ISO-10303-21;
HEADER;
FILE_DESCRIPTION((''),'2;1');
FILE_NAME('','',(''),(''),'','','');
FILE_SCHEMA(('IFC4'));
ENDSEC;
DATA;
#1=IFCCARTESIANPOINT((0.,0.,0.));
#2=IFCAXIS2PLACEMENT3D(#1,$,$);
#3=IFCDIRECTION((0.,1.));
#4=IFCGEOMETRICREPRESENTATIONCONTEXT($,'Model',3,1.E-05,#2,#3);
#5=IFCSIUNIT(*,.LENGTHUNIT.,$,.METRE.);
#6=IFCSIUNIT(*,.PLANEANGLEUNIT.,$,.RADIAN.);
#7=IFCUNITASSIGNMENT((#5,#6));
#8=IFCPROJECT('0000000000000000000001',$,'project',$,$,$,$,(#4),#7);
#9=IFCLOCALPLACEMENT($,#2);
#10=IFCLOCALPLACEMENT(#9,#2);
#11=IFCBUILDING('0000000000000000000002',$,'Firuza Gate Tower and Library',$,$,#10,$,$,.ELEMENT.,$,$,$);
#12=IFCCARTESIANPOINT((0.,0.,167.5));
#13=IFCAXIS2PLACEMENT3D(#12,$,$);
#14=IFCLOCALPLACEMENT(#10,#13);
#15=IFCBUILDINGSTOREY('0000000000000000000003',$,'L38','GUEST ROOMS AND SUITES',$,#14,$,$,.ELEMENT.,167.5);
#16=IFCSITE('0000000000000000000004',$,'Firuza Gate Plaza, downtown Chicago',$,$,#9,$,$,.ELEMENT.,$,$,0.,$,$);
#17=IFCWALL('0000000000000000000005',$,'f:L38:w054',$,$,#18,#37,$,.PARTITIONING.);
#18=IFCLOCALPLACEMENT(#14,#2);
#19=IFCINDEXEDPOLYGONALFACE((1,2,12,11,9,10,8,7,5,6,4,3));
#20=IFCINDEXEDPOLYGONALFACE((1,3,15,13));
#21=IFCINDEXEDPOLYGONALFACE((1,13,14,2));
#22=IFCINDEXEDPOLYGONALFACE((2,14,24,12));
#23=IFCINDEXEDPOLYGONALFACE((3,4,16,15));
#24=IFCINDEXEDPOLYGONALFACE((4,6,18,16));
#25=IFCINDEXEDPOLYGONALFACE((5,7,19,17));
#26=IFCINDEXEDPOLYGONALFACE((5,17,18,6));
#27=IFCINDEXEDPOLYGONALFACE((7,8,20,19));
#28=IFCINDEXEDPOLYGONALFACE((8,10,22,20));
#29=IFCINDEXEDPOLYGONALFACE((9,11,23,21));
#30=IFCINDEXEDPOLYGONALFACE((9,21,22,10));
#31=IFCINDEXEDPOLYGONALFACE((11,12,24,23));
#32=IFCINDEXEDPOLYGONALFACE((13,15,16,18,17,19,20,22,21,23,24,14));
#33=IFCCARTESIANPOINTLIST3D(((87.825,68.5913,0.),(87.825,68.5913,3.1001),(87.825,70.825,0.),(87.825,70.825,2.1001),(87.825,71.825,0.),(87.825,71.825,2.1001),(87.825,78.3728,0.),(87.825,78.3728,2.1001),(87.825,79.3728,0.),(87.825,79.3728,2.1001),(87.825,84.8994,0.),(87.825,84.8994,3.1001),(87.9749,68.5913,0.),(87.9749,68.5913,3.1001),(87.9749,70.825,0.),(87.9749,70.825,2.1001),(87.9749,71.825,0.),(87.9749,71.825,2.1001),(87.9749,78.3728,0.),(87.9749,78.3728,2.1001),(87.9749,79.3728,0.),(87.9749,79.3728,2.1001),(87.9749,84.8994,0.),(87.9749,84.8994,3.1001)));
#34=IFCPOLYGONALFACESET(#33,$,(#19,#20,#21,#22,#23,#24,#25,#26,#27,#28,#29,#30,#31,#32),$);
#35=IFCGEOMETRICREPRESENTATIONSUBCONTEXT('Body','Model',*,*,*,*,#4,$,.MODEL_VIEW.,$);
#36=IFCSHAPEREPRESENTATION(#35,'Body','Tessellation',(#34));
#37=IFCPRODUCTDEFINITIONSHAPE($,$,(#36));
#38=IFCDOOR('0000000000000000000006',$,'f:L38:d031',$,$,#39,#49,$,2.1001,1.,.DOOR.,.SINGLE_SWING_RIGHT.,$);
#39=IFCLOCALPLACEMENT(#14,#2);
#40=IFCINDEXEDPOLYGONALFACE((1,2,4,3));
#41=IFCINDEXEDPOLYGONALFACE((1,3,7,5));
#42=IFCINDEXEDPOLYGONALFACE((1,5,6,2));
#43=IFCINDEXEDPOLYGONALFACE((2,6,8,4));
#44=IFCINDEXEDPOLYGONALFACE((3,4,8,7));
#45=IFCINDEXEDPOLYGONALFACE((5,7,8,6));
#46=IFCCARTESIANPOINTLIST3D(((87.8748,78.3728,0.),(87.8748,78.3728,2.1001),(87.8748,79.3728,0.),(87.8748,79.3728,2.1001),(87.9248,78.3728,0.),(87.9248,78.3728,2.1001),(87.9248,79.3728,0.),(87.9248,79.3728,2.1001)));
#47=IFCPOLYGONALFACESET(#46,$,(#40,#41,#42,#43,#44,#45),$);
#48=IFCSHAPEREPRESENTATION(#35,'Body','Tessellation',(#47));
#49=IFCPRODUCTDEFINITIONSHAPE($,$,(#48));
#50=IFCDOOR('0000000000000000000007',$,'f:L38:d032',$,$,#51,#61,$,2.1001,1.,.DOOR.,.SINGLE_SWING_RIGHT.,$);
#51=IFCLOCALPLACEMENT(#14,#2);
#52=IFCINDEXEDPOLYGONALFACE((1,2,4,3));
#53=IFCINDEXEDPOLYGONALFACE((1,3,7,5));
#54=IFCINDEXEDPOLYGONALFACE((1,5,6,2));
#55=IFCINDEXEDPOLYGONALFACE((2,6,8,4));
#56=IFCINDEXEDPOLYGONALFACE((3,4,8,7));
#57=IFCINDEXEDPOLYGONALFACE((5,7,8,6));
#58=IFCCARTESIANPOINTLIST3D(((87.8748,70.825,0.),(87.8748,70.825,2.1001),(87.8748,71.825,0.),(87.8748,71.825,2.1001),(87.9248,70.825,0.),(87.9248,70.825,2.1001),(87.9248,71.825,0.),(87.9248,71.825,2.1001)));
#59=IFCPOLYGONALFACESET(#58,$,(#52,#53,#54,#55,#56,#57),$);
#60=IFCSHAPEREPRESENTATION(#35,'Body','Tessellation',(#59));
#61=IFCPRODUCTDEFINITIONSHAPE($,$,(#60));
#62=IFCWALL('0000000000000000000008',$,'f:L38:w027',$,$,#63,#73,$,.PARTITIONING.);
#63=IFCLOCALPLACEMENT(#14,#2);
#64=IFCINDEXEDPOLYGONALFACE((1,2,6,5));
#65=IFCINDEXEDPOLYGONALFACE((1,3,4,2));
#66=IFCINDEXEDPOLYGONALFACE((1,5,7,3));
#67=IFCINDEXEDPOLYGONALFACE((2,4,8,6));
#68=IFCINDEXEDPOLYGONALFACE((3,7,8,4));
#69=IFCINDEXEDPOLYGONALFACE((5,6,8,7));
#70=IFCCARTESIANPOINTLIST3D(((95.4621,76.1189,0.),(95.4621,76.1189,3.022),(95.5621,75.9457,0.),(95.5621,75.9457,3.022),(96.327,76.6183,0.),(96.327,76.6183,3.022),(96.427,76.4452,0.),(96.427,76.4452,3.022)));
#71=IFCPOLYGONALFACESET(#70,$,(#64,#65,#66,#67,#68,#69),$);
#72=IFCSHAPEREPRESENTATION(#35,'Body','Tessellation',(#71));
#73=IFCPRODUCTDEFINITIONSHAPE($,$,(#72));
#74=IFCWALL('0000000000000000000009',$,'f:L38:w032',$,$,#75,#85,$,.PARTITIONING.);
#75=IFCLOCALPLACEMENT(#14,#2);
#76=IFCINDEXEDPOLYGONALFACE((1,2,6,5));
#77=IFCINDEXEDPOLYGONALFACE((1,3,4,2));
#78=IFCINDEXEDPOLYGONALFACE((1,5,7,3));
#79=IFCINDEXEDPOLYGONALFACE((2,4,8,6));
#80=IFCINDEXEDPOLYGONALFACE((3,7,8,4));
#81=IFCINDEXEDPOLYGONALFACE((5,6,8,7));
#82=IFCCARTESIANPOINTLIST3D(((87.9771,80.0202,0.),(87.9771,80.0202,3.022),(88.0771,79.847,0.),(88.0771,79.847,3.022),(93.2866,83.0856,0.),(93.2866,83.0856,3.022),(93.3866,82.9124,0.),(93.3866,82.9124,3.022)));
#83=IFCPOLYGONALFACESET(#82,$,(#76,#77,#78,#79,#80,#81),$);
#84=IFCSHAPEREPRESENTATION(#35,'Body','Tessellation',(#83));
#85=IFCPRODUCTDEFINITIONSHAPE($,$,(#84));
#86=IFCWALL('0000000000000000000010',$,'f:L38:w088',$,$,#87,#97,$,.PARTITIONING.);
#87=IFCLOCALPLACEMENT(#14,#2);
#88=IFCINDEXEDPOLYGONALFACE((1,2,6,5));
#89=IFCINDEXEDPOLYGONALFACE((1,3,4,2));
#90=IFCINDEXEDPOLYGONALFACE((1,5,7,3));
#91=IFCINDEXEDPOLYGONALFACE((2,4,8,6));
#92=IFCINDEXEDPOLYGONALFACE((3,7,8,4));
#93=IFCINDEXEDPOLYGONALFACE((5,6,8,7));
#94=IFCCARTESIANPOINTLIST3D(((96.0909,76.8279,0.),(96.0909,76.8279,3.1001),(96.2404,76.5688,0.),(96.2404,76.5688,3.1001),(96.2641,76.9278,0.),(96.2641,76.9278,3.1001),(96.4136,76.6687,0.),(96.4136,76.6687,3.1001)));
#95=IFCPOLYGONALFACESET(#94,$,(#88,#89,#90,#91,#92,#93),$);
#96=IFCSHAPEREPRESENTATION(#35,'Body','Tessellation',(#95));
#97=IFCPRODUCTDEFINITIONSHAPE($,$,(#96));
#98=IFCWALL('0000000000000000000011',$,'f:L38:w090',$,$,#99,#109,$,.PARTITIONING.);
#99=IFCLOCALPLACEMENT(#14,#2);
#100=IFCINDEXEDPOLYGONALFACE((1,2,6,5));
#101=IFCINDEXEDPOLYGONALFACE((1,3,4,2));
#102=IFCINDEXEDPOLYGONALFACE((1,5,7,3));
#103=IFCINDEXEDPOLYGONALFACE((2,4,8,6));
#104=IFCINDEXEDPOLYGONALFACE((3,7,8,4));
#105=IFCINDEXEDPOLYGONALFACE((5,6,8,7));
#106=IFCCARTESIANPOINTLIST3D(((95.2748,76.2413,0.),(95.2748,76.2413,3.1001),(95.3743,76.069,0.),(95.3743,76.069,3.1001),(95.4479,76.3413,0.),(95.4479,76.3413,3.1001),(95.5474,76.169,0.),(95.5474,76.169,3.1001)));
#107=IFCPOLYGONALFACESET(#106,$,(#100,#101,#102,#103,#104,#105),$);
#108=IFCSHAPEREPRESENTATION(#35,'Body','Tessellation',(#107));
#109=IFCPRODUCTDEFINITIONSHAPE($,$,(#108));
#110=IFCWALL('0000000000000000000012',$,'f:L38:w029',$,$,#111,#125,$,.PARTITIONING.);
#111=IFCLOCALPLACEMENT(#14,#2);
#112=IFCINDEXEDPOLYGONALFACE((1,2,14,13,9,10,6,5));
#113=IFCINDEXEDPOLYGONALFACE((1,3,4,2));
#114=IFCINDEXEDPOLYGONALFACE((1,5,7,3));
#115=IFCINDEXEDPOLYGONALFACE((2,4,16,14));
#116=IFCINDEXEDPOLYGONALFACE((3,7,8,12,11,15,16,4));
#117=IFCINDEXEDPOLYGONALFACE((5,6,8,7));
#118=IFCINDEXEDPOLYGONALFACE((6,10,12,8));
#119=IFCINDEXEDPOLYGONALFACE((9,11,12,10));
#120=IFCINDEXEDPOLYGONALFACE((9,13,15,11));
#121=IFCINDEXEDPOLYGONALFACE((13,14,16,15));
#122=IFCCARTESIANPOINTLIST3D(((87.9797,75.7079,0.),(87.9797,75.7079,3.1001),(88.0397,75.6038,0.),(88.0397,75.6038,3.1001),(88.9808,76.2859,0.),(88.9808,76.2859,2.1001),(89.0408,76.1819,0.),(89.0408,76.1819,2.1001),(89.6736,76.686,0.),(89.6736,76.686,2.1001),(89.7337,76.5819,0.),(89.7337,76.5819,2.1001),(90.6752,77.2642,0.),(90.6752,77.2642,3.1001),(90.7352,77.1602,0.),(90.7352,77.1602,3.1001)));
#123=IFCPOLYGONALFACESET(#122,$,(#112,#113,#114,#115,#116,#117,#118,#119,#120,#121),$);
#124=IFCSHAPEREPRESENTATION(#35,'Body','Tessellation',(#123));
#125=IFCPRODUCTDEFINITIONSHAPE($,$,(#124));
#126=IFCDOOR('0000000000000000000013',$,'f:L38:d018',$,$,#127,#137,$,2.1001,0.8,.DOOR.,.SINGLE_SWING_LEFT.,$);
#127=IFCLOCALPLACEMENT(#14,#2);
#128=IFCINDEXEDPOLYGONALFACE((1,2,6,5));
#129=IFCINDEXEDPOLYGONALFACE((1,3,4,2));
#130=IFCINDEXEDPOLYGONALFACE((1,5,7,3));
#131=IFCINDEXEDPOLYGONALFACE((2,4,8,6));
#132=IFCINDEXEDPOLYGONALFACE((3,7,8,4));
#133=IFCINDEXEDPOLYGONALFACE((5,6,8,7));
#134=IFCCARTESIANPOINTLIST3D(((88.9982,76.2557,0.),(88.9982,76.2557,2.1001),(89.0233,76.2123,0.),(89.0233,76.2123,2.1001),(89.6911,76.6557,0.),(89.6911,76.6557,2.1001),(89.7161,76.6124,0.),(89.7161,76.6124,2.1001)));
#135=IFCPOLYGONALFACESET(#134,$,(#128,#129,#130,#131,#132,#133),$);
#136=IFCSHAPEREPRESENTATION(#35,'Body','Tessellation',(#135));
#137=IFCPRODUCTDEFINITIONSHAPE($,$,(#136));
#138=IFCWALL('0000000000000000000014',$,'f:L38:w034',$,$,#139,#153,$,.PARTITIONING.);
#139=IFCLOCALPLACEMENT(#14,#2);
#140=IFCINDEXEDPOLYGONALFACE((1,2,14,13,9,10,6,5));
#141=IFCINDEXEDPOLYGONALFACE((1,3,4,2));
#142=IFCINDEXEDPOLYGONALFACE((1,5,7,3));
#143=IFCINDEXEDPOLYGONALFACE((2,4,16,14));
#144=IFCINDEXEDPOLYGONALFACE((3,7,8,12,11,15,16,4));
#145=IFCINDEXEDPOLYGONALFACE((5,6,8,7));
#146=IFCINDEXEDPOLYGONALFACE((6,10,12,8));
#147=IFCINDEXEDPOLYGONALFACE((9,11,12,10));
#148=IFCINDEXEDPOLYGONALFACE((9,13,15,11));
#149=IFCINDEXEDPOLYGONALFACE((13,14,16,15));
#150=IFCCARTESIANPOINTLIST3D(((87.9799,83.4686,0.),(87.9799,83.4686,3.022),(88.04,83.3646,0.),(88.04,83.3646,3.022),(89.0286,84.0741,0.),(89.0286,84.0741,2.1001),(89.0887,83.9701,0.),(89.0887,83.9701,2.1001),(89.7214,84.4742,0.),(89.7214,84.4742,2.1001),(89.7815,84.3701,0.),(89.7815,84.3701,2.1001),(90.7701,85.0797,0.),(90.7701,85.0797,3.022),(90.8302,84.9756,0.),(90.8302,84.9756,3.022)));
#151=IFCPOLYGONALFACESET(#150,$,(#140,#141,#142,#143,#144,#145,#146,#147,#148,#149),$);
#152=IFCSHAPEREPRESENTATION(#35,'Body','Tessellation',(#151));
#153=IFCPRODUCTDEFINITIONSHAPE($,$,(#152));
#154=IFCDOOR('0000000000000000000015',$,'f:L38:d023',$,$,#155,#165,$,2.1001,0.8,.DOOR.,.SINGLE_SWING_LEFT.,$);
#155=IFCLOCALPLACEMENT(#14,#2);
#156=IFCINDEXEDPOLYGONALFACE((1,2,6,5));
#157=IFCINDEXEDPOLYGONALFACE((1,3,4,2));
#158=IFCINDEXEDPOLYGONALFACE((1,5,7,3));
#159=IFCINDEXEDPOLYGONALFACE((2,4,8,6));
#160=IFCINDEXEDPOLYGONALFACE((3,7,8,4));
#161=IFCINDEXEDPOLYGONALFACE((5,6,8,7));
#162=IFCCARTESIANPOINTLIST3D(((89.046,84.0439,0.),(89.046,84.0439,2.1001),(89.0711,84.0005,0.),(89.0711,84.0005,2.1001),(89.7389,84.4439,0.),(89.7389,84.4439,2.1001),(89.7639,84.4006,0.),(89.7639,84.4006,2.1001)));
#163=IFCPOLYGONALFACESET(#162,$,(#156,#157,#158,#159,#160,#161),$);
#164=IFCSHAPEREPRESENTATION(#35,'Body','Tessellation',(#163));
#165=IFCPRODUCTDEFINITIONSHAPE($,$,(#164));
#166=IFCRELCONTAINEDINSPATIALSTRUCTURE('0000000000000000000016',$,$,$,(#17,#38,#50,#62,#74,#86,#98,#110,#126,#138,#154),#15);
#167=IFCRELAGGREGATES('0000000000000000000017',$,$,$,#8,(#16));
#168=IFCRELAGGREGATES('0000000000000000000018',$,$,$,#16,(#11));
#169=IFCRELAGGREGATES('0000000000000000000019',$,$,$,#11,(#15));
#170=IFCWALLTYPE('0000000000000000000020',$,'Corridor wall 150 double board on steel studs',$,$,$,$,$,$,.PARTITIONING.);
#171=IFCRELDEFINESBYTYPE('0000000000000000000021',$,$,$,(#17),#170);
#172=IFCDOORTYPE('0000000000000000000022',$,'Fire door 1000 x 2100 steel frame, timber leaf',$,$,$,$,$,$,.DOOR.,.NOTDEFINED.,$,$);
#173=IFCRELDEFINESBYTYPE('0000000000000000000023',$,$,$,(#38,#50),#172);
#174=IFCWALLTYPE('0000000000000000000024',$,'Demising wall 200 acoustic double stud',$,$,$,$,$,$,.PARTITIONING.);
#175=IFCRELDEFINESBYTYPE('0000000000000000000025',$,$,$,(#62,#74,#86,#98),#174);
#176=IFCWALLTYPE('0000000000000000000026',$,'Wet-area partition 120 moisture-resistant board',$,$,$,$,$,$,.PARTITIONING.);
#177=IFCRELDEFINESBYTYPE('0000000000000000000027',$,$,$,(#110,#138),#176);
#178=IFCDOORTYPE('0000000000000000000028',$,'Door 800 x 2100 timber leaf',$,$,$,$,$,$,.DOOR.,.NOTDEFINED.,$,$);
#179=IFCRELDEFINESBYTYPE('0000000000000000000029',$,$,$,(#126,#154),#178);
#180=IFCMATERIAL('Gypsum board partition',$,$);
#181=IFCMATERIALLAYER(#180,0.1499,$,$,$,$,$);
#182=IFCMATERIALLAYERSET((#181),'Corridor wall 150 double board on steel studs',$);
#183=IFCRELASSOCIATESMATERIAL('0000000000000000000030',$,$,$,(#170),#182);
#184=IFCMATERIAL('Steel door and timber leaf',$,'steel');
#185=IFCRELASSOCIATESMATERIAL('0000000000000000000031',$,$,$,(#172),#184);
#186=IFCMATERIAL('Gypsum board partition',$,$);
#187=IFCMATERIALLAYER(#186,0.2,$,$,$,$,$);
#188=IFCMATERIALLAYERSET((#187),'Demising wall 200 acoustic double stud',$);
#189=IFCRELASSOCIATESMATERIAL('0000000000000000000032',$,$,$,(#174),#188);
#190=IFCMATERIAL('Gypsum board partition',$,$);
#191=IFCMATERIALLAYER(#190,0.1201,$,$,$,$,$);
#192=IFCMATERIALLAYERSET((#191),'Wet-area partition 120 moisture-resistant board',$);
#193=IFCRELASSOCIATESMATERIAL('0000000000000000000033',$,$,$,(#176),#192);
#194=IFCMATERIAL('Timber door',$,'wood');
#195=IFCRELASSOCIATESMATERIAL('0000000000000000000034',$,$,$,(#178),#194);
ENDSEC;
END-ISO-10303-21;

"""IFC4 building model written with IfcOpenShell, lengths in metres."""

from ifc_helpers import new_model, si_unit, direction, frame, frame_2d, origin, place, context, subcontext, project, spatial, rectangle, extrude, material, layer, layer_set, type_object, element, fill, save


model = new_model("IFC4")

# Units and contexts
model_context = context("Model", 3, precision=1e-05, world=origin(), true_north=direction((0.0, 1.0)))
body_context = subcontext(model_context, "Body", "Model", "MODEL_VIEW")
ifc_project = project(units=[si_unit("LENGTHUNIT", "METRE"), si_unit("PLANEANGLEUNIT", "RADIAN")], contexts=[model_context])

# Site, building, storey
site_placement = place(None, origin())
site = spatial("IfcSite", under=ifc_project, at=site_placement, Name="Firuza Gate Plaza, downtown Chicago", CompositionType="ELEMENT", RefElevation=0.0)
building_placement = place(site_placement, origin())
building = spatial("IfcBuilding", under=site, at=building_placement, Name="Firuza Gate Tower and Library", CompositionType="ELEMENT")
storey_placement = place(building_placement, frame((0.0, 0.0, 167.5)))
storey = spatial("IfcBuildingStorey", under=building, at=storey_placement, Name="L38", Description="GUEST ROOMS AND SUITES", CompositionType="ELEMENT", Elevation=167.5)

# Wall, openings, doors
ifc_material_1 = material(Name="Gypsum board partition")
ifc_layer_1 = layer(ifc_material_1, 0.1499)
ifc_layer_set_1 = layer_set([ifc_layer_1], Name="Corridor wall 150 double board on steel studs")
wall_type_1 = type_object("IfcWallType", Name="Corridor wall 150 double board on steel studs", PredefinedType="PARTITIONING", material=ifc_layer_set_1)
wall_1_placement = place(storey_placement, frame((87.8999, 84.8994, 0.0), z_axis=(0.0, 0.0, 1.0), x_axis=(0.0, -1.0, 0.0)))
wall_1 = element("IfcWall", 1, at=wall_1_placement, inside=storey, type_object=wall_type_1, Name="f:L38:w054", PredefinedType="PARTITIONING", context=body_context, shape_type="SweptSolid", body=[
    extrude(rectangle(XDim=16.3081, YDim=0.1499, at=frame_2d((8.1541, 0.0))), origin(), (0.0, 0.0, 1.0), 3.1001),
])
opening_1_placement = place(wall_1_placement, frame((5.5266, 0.0, 0.0)))
opening_1 = element("IfcOpeningElement", 2, at=opening_1_placement, cuts=wall_1, PredefinedType="OPENING", context=body_context, shape_type="SweptSolid", body=[
    extrude(rectangle(XDim=1.0, YDim=2.1001, at=frame_2d((0.5, 1.05))), frame((0.0, 0.085, 0.0), z_axis=(0.0, -1.0, 0.0), x_axis=(1.0, 0.0, 0.0)), (0.0, 0.0, 1.0), 0.1699),
])
opening_2_placement = place(wall_1_placement, frame((13.0745, 0.0, 0.0)))
opening_2 = element("IfcOpeningElement", 3, at=opening_2_placement, cuts=wall_1, PredefinedType="OPENING", context=body_context, shape_type="SweptSolid", body=[
    extrude(rectangle(XDim=1.0, YDim=2.1001, at=frame_2d((0.5, 1.05))), frame((0.0, 0.085, 0.0), z_axis=(0.0, -1.0, 0.0), x_axis=(1.0, 0.0, 0.0)), (0.0, 0.0, 1.0), 0.1699),
])
ifc_material_2 = material(Name="Steel door and timber leaf", Category="steel")
door_type_1 = type_object("IfcDoorType", Name="Fire door 1000 x 2100 steel frame, timber leaf", OperationType="NOTDEFINED", PredefinedType="DOOR", material=ifc_material_2)
door_1_placement = place(opening_1_placement, origin())
door_1 = element("IfcDoor", 4, at=door_1_placement, inside=storey, type_object=door_type_1, Name="f:L38:d031", OperationType="SINGLE_SWING_RIGHT", OverallHeight=2.1001, OverallWidth=1.0, PredefinedType="DOOR", context=body_context, shape_type="SweptSolid", body=[
    extrude(rectangle(XDim=1.0, YDim=2.1001, at=frame_2d((0.5, 1.05))), frame((0.0, 0.0249, 0.0), z_axis=(0.0, -1.0, 0.0), x_axis=(1.0, 0.0, 0.0)), (0.0, 0.0, 1.0), 0.05),
])
fill(opening_1, door_1)
door_2_placement = place(opening_2_placement, origin())
door_2 = element("IfcDoor", 5, at=door_2_placement, inside=storey, type_object=door_type_1, Name="f:L38:d032", OperationType="SINGLE_SWING_RIGHT", OverallHeight=2.1001, OverallWidth=1.0, PredefinedType="DOOR", context=body_context, shape_type="SweptSolid", body=[
    extrude(rectangle(XDim=1.0, YDim=2.1001, at=frame_2d((0.5, 1.05))), frame((0.0, 0.0249, 0.0), z_axis=(0.0, -1.0, 0.0), x_axis=(1.0, 0.0, 0.0)), (0.0, 0.0, 1.0), 0.05),
])
fill(opening_2, door_2)

# Walls
ifc_material_3 = material(Name="Gypsum board partition")
ifc_layer_2 = layer(ifc_material_3, 0.2)
ifc_layer_set_2 = layer_set([ifc_layer_2], Name="Demising wall 200 acoustic double stud")
wall_type_2 = type_object("IfcWallType", Name="Demising wall 200 acoustic double stud", PredefinedType="PARTITIONING", material=ifc_layer_set_2)
wall_2_placement = place(storey_placement, frame((95.512, 76.0322, 0.0), z_axis=(0.0, 0.0, 1.0), x_axis=(0.865978, 0.500082, 0.0)))
element("IfcWall", 6, at=wall_2_placement, inside=storey, type_object=wall_type_2, Name="f:L38:w027", PredefinedType="PARTITIONING", context=body_context, shape_type="SweptSolid", body=[
    extrude(rectangle(XDim=0.9988, YDim=0.2, at=frame_2d((0.4995, 0.0))), origin(), (0.0, 0.0, 1.0), 3.022),
])
wall_3_placement = place(storey_placement, frame((88.0271, 79.9336, 0.0), z_axis=(0.0, 0.0, 1.0), x_axis=(0.866029, 0.499994, 0.0)))
element("IfcWall", 7, at=wall_3_placement, inside=storey, type_object=wall_type_2, Name="f:L38:w032", PredefinedType="PARTITIONING", context=body_context, shape_type="SweptSolid", body=[
    extrude(rectangle(XDim=6.1309, YDim=0.2, at=frame_2d((3.0654, 0.0))), origin(), (0.0, 0.0, 1.0), 3.022),
])
wall_4_placement = place(storey_placement, frame((96.3269, 76.6189, 0.0), z_axis=(0.0, 0.0, 1.0), x_axis=(-0.499652, 0.866226, 0.0)))
element("IfcWall", 8, at=wall_4_placement, inside=storey, type_object=wall_type_2, Name="f:L38:w088", PredefinedType="PARTITIONING", context=body_context, shape_type="SweptSolid", body=[
    extrude(rectangle(XDim=0.2991, YDim=0.2, at=frame_2d((0.1494, 0.0))), origin(), (0.0, 0.0, 1.0), 3.1001),
])
wall_5_placement = place(storey_placement, frame((95.4609, 76.1189, 0.0), z_axis=(0.0, 0.0, 1.0), x_axis=(-0.500359, 0.865818, 0.0)))
element("IfcWall", 9, at=wall_5_placement, inside=storey, type_object=wall_type_2, Name="f:L38:w090", PredefinedType="PARTITIONING", context=body_context, shape_type="SweptSolid", body=[
    extrude(rectangle(XDim=0.199, YDim=0.2, at=frame_2d((0.0996, 0.0))), origin(), (0.0, 0.0, 1.0), 3.1001),
])

# Walls, openings, doors
ifc_material_4 = material(Name="Gypsum board partition")
ifc_layer_3 = layer(ifc_material_4, 0.1201)
ifc_layer_set_3 = layer_set([ifc_layer_3], Name="Wet-area partition 120 moisture-resistant board")
wall_type_3 = type_object("IfcWallType", Name="Wet-area partition 120 moisture-resistant board", PredefinedType="PARTITIONING", material=ifc_layer_set_3)
wall_6_placement = place(storey_placement, frame((90.7051, 77.2122, 0.0), z_axis=(0.0, 0.0, 1.0), x_axis=(-0.866009, -0.500028, 0.0)))
wall_6 = element("IfcWall", 10, at=wall_6_placement, inside=storey, type_object=wall_type_3, Name="f:L38:w029", PredefinedType="PARTITIONING", context=body_context, shape_type="SweptSolid", body=[
    extrude(rectangle(XDim=3.1125, YDim=0.1201, at=frame_2d((1.5562, 0.0))), origin(), (0.0, 0.0, 1.0), 3.1001),
])
opening_3_placement = place(wall_6_placement, frame((1.1565, 0.0, 0.0)))
opening_3 = element("IfcOpeningElement", 11, at=opening_3_placement, cuts=wall_6, PredefinedType="OPENING", context=body_context, shape_type="SweptSolid", body=[
    extrude(rectangle(XDim=0.8, YDim=2.1001, at=frame_2d((0.3999, 1.05))), frame((0.0, 0.0701, 0.0), z_axis=(0.0, -1.0, 0.0), x_axis=(1.0, 0.0, 0.0)), (0.0, 0.0, 1.0), 0.1401),
])
ifc_material_5 = material(Name="Timber door", Category="wood")
door_type_2 = type_object("IfcDoorType", Name="Door 800 x 2100 timber leaf", OperationType="NOTDEFINED", PredefinedType="DOOR", material=ifc_material_5)
door_3_placement = place(opening_3_placement, origin())
door_3 = element("IfcDoor", 12, at=door_3_placement, inside=storey, type_object=door_type_2, Name="f:L38:d018", OperationType="SINGLE_SWING_LEFT", OverallHeight=2.1001, OverallWidth=0.8, PredefinedType="DOOR", context=body_context, shape_type="SweptSolid", body=[
    extrude(rectangle(XDim=0.8, YDim=2.1001, at=frame_2d((0.3999, 1.05))), frame((0.0, 0.0249, 0.0), z_axis=(0.0, -1.0, 0.0), x_axis=(1.0, 0.0, 0.0)), (0.0, 0.0, 1.0), 0.05),
])
fill(opening_3, door_3)
wall_7_placement = place(storey_placement, frame((90.8, 85.0276, 0.0), z_axis=(0.0, 0.0, 1.0), x_axis=(-0.86601, -0.500026, 0.0)))
wall_7 = element("IfcWall", 13, at=wall_7_placement, inside=storey, type_object=wall_type_3, Name="f:L38:w034", PredefinedType="PARTITIONING", context=body_context, shape_type="SweptSolid", body=[
    extrude(rectangle(XDim=3.2219, YDim=0.1201, at=frame_2d((1.6108, 0.0))), origin(), (0.0, 0.0, 1.0), 3.022),
])
opening_4_placement = place(wall_7_placement, frame((1.2109, 0.0, 0.0)))
opening_4 = element("IfcOpeningElement", 14, at=opening_4_placement, cuts=wall_7, PredefinedType="OPENING", context=body_context, shape_type="SweptSolid", body=[
    extrude(rectangle(XDim=0.8, YDim=2.1001, at=frame_2d((0.3999, 1.05))), frame((0.0, 0.0701, 0.0), z_axis=(0.0, -1.0, 0.0), x_axis=(1.0, 0.0, 0.0)), (0.0, 0.0, 1.0), 0.1401),
])
door_4_placement = place(opening_4_placement, origin())
door_4 = element("IfcDoor", 15, at=door_4_placement, inside=storey, type_object=door_type_2, Name="f:L38:d023", OperationType="SINGLE_SWING_LEFT", OverallHeight=2.1001, OverallWidth=0.8, PredefinedType="DOOR", context=body_context, shape_type="SweptSolid", body=[
    extrude(rectangle(XDim=0.8, YDim=2.1001, at=frame_2d((0.3999, 1.05))), frame((0.0, 0.0249, 0.0), z_axis=(0.0, -1.0, 0.0), x_axis=(1.0, 0.0, 0.0)), (0.0, 0.0, 1.0), 0.05),
])
fill(opening_4, door_4)

save(model, "model.ifc")
